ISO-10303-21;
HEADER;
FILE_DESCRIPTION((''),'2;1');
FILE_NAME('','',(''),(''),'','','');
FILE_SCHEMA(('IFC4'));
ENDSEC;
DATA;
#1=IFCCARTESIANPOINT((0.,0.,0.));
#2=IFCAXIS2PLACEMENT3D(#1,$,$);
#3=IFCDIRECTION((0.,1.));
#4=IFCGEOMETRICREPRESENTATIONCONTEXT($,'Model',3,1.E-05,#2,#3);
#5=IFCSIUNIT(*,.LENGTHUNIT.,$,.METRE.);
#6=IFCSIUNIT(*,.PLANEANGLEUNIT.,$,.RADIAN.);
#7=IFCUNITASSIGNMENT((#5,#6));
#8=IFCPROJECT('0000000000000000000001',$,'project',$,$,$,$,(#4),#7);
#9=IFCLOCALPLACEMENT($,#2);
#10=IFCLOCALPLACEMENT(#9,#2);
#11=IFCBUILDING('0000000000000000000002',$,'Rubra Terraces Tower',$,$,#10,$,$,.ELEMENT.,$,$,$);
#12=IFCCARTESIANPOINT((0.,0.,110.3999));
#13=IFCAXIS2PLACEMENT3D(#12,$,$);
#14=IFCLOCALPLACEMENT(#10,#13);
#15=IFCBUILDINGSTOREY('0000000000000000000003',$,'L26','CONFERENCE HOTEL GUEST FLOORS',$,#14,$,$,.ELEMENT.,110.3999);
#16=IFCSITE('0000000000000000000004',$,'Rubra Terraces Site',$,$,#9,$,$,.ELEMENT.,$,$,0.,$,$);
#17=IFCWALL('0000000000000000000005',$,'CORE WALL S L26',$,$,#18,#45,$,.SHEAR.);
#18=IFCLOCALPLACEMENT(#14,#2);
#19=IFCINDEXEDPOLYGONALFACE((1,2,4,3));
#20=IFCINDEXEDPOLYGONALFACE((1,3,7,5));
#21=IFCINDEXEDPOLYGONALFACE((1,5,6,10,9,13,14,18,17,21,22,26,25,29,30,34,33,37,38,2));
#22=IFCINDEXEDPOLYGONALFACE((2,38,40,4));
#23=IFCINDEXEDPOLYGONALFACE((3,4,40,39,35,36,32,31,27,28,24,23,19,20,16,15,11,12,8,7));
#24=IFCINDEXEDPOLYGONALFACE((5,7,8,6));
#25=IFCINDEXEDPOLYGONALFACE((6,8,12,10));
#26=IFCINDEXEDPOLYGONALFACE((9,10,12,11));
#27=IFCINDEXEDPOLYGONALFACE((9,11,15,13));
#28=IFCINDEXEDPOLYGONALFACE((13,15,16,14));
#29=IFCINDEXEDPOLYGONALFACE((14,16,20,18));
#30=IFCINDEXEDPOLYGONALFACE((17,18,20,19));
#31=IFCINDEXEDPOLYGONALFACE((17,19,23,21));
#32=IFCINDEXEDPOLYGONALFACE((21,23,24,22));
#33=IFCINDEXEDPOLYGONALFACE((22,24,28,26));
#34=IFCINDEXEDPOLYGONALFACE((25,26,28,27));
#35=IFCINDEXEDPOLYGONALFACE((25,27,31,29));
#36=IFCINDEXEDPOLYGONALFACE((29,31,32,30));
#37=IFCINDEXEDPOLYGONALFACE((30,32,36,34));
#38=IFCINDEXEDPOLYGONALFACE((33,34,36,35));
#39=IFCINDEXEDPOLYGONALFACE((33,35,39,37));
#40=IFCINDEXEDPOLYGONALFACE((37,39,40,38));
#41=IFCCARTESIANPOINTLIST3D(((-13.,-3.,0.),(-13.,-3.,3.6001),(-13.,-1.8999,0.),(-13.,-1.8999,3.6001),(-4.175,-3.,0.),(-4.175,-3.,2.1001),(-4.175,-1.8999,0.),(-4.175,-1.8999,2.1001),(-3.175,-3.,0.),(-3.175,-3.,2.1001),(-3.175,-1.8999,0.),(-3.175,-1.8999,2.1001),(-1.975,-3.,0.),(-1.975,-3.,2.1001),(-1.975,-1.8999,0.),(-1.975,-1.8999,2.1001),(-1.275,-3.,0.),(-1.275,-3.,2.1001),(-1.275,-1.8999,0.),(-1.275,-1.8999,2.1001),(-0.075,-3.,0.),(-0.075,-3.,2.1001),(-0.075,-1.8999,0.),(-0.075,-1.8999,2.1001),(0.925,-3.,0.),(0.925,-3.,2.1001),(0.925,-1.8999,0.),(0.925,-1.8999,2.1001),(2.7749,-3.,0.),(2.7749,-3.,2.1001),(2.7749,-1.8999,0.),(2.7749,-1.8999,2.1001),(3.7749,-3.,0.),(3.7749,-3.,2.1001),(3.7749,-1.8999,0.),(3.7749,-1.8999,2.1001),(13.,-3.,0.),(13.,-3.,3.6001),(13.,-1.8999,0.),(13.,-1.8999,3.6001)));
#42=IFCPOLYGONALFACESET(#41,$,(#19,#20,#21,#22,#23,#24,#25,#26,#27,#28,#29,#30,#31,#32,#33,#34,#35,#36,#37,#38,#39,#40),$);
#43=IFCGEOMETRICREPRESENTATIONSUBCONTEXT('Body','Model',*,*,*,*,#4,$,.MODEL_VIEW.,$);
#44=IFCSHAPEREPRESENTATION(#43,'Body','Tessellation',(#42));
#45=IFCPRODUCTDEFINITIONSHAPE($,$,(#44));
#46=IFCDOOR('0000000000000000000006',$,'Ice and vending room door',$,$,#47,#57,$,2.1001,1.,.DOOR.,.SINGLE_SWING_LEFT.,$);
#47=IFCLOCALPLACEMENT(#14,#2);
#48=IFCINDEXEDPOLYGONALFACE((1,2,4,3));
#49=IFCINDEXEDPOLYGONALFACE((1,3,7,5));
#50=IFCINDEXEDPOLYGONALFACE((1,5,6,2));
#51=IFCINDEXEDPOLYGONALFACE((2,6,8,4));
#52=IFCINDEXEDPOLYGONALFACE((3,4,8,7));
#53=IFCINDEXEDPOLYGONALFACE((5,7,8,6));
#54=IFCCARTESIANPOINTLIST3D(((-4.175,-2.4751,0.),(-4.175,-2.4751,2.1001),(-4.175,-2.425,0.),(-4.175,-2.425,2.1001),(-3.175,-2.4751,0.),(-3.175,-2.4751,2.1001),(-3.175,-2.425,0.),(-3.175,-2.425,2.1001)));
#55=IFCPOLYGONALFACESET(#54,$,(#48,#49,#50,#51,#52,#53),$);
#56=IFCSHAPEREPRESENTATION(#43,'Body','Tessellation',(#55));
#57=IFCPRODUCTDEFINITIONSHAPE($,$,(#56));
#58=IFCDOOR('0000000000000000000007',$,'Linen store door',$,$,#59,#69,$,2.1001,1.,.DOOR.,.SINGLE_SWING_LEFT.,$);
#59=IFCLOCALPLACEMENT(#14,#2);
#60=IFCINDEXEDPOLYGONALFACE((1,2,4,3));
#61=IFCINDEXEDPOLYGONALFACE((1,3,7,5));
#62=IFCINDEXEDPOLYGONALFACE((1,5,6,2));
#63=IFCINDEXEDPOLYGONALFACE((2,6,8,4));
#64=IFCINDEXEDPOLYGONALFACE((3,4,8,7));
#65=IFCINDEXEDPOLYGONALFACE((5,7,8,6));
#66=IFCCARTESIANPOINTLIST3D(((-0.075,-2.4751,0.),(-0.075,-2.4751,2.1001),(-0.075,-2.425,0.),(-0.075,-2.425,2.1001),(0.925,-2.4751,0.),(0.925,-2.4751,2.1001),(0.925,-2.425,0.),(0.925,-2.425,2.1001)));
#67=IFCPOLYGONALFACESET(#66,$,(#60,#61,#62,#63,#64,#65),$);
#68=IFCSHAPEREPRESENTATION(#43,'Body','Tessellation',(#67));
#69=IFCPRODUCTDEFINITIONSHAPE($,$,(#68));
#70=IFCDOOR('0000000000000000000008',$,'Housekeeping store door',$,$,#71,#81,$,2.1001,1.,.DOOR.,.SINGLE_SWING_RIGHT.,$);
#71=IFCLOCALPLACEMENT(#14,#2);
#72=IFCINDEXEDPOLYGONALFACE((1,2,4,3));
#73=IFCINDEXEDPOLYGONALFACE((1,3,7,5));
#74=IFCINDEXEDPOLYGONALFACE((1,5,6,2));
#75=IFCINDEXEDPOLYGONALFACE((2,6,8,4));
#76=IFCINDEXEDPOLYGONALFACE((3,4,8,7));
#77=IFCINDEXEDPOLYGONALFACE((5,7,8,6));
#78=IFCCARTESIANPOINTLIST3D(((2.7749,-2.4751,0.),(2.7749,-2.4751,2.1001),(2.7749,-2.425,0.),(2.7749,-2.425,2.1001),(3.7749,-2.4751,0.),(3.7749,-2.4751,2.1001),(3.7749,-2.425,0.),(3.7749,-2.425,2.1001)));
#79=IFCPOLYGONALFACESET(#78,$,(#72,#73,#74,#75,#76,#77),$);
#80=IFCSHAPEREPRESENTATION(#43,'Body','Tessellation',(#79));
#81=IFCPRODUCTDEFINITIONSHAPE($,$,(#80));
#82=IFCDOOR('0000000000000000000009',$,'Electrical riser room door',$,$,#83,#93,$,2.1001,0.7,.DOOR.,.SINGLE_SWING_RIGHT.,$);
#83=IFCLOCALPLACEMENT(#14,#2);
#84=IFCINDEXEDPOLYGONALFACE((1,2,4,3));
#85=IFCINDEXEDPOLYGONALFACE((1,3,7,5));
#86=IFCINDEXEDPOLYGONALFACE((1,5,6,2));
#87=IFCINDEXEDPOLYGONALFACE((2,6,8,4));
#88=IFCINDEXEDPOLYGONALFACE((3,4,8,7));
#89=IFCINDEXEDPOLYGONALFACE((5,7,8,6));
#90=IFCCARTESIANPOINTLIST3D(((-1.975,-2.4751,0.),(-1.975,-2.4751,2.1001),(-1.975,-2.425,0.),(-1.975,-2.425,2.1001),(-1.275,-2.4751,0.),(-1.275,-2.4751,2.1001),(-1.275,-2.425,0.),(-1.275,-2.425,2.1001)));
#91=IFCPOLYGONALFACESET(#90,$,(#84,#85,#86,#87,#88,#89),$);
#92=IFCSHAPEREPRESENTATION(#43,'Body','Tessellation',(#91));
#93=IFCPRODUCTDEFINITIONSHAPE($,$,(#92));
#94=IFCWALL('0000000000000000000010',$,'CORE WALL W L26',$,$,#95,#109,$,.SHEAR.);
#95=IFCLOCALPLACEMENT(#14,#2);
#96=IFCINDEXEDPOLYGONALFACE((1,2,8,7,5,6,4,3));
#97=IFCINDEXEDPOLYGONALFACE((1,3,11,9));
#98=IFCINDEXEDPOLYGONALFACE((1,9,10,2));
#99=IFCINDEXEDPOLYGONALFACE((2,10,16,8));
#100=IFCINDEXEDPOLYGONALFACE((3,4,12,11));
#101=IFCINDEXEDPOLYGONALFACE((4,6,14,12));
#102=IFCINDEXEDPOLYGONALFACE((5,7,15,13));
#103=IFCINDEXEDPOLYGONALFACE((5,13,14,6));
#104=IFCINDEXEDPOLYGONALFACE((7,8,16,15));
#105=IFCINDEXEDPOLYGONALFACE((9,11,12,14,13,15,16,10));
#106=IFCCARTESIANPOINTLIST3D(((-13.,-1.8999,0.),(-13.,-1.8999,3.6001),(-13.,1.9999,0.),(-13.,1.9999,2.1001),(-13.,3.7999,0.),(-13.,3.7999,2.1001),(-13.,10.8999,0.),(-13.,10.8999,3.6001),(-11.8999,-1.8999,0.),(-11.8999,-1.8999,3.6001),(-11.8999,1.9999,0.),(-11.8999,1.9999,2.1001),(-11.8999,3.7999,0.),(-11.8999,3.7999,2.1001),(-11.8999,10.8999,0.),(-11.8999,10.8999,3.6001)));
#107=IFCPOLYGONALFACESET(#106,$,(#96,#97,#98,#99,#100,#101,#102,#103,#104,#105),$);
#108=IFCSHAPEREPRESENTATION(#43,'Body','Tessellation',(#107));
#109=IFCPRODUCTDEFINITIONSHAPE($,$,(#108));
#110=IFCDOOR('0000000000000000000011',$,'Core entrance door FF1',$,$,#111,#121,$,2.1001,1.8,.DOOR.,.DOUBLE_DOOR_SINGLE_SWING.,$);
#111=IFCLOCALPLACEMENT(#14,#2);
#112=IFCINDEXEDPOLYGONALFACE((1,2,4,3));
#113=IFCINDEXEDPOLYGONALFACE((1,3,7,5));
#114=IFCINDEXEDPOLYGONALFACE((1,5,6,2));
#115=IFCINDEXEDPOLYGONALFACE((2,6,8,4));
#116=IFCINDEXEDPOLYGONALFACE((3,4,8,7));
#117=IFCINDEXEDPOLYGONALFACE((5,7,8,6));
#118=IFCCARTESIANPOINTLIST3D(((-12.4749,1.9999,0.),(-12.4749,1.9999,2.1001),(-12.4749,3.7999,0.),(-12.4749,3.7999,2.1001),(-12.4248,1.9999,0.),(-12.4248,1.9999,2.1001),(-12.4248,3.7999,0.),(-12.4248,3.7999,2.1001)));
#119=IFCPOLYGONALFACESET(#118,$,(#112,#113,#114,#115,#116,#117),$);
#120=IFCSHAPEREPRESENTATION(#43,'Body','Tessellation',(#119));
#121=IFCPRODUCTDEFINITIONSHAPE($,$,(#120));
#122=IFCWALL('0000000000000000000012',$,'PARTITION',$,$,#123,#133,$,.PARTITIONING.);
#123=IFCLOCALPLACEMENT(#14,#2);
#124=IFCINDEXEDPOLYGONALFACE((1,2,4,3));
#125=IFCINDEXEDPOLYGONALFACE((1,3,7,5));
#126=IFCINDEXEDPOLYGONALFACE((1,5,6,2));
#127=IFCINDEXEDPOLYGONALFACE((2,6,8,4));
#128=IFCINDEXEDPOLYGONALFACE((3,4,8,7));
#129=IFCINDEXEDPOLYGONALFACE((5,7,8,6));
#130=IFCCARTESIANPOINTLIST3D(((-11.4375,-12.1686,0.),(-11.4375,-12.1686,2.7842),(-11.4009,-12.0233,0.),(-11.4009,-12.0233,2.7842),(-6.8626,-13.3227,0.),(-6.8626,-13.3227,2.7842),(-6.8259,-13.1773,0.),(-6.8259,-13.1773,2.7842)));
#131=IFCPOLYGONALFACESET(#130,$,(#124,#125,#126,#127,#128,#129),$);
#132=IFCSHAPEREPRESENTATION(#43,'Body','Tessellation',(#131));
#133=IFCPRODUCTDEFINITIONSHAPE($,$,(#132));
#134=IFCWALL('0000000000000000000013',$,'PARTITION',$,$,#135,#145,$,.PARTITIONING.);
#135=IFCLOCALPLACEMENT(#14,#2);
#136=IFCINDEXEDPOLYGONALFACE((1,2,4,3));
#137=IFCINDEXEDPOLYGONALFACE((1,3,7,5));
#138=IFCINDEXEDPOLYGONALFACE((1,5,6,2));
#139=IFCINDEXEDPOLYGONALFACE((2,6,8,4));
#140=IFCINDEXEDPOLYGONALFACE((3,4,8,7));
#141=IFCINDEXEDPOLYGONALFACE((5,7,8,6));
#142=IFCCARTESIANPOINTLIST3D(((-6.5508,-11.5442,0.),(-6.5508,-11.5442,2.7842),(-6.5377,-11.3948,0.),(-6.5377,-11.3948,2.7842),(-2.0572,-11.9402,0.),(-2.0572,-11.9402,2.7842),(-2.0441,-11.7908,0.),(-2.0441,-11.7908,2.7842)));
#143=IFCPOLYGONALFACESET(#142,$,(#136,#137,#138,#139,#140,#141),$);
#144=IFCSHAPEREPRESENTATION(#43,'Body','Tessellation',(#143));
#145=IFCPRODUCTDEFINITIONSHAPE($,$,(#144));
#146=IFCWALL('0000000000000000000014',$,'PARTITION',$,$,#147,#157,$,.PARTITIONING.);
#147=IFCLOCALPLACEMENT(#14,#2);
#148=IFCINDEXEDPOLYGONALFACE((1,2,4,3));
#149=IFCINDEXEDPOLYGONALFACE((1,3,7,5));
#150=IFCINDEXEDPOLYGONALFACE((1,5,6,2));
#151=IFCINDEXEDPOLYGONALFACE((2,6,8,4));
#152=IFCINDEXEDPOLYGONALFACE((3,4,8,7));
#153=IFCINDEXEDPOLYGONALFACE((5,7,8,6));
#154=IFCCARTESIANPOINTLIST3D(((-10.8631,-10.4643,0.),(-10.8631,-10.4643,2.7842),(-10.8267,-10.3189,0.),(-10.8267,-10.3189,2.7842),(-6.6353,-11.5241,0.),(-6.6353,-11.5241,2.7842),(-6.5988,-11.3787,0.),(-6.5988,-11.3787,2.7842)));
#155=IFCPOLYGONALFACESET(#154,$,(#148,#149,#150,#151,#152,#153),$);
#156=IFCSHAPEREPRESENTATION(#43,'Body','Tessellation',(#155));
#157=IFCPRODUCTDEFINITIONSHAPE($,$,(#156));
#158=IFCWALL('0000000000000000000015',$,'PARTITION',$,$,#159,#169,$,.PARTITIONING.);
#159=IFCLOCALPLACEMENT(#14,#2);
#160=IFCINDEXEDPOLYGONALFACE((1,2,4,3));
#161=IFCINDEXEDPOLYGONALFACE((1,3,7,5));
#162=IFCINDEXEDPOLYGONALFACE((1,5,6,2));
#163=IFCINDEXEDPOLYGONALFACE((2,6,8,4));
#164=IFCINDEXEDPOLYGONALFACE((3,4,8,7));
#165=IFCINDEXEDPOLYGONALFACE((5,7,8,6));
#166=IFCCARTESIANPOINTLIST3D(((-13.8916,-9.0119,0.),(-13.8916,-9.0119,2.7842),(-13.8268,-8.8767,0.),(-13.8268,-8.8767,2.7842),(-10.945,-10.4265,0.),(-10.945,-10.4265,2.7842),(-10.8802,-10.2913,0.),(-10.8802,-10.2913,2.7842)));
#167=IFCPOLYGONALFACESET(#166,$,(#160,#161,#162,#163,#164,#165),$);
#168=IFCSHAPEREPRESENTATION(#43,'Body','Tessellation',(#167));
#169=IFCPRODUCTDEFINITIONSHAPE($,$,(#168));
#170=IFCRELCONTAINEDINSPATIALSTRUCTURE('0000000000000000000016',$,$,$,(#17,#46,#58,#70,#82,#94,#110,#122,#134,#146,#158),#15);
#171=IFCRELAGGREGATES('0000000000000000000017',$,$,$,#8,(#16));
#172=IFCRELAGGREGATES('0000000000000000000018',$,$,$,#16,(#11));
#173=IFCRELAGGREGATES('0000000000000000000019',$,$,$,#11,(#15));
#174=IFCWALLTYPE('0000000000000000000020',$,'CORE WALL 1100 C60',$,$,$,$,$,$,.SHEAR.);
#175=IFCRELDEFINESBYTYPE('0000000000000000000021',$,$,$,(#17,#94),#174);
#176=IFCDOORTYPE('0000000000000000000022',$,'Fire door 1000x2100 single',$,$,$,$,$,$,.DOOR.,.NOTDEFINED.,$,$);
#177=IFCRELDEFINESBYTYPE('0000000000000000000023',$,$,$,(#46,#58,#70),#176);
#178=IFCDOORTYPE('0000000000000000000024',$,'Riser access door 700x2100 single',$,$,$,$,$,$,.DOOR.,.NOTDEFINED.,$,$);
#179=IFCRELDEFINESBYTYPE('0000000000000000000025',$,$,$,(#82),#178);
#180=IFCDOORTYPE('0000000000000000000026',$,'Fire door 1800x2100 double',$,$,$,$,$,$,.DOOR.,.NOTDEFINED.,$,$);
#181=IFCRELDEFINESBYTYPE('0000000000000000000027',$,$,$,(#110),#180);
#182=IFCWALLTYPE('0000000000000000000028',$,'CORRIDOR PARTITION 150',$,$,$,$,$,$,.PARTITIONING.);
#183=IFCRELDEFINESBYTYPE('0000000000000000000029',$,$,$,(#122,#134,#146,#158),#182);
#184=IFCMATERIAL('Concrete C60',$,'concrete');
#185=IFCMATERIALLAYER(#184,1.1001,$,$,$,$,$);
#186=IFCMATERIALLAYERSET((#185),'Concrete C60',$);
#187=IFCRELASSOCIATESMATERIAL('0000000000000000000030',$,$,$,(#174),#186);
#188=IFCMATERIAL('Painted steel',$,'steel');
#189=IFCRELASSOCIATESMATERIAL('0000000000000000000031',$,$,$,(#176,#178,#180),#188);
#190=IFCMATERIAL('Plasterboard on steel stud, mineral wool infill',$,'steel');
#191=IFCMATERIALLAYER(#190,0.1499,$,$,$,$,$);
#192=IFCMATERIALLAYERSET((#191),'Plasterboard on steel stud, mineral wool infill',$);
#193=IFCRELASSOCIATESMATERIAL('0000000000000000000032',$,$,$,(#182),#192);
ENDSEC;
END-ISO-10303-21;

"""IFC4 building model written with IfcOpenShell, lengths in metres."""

from ifc_helpers import new_model, si_unit, direction, frame, frame_2d, origin, place, context, subcontext, project, spatial, rectangle, extrude, material, layer, layer_set, type_object, element, fill, save


model = new_model("IFC4")

# Units and contexts
model_context = context("Model", 3, precision=1e-05, world=origin(), true_north=direction((0.0, 1.0)))
body_context = subcontext(model_context, "Body", "Model", "MODEL_VIEW")
ifc_project = project(units=[si_unit("LENGTHUNIT", "METRE"), si_unit("PLANEANGLEUNIT", "RADIAN")], contexts=[model_context])

# Site, building, storey
site_placement = place(None, origin())
site = spatial("IfcSite", under=ifc_project, at=site_placement, Name="Rubra Terraces Site", CompositionType="ELEMENT", RefElevation=0.0)
building_placement = place(site_placement, origin())
building = spatial("IfcBuilding", under=site, at=building_placement, Name="Rubra Terraces Tower", CompositionType="ELEMENT")
storey_placement = place(building_placement, frame((0.0, 0.0, 110.3999)))
storey = spatial("IfcBuildingStorey", under=building, at=storey_placement, Name="L26", Description="CONFERENCE HOTEL GUEST FLOORS", CompositionType="ELEMENT", Elevation=110.3999)

# Wall, openings, doors
ifc_material_1 = material(Name="Concrete C60", Category="concrete")
ifc_layer_1 = layer(ifc_material_1, 1.1001)
ifc_layer_set_1 = layer_set([ifc_layer_1], Name="Concrete C60")
wall_type_1 = type_object("IfcWallType", Name="CORE WALL 1100 C60", PredefinedType="SHEAR", material=ifc_layer_set_1)
wall_1_placement = place(storey_placement, frame((-13.0, -2.45, 0.0), z_axis=(0.0, 0.0, 1.0), x_axis=(1.0, 0.0, 0.0)))
wall_1 = element("IfcWall", 1, at=wall_1_placement, inside=storey, type_object=wall_type_1, Name="CORE WALL S L26", PredefinedType="SHEAR", context=body_context, shape_type="SweptSolid", body=[
    extrude(rectangle(XDim=26.0, YDim=1.1001, at=frame_2d((13.0, 0.0))), origin(), (0.0, 0.0, 1.0), 3.6001),
])
opening_1_placement = place(wall_1_placement, frame((8.825, 0.0, 0.0)))
opening_1 = element("IfcOpeningElement", 2, at=opening_1_placement, cuts=wall_1, PredefinedType="OPENING", context=body_context, shape_type="SweptSolid", body=[
    extrude(rectangle(XDim=1.0, YDim=2.1001, at=frame_2d((0.5, 1.05))), frame((0.0, 0.5601, 0.0), z_axis=(0.0, -1.0, 0.0), x_axis=(1.0, 0.0, 0.0)), (0.0, 0.0, 1.0), 1.1201),
])
opening_2_placement = place(wall_1_placement, frame((11.0249, 0.0, 0.0)))
opening_2 = element("IfcOpeningElement", 3, at=opening_2_placement, cuts=wall_1, PredefinedType="OPENING", context=body_context, shape_type="SweptSolid", body=[
    extrude(rectangle(XDim=0.7, YDim=2.1001, at=frame_2d((0.3501, 1.05))), frame((0.0, 0.5601, 0.0), z_axis=(0.0, -1.0, 0.0), x_axis=(1.0, 0.0, 0.0)), (0.0, 0.0, 1.0), 1.1201),
])
opening_3_placement = place(wall_1_placement, frame((12.925, 0.0, 0.0)))
opening_3 = element("IfcOpeningElement", 4, at=opening_3_placement, cuts=wall_1, PredefinedType="OPENING", context=body_context, shape_type="SweptSolid", body=[
    extrude(rectangle(XDim=1.0, YDim=2.1001, at=frame_2d((0.5, 1.05))), frame((0.0, 0.5601, 0.0), z_axis=(0.0, -1.0, 0.0), x_axis=(1.0, 0.0, 0.0)), (0.0, 0.0, 1.0), 1.1201),
])
opening_4_placement = place(wall_1_placement, frame((15.7749, 0.0, 0.0)))
opening_4 = element("IfcOpeningElement", 5, at=opening_4_placement, cuts=wall_1, PredefinedType="OPENING", context=body_context, shape_type="SweptSolid", body=[
    extrude(rectangle(XDim=1.0, YDim=2.1001, at=frame_2d((0.5, 1.05))), frame((0.0, 0.5601, 0.0), z_axis=(0.0, -1.0, 0.0), x_axis=(1.0, 0.0, 0.0)), (0.0, 0.0, 1.0), 1.1201),
])
ifc_material_2 = material(Name="Painted steel", Category="steel")
door_type_1 = type_object("IfcDoorType", Name="Fire door 1000x2100 single", OperationType="NOTDEFINED", PredefinedType="DOOR", material=ifc_material_2)
door_1_placement = place(opening_1_placement, origin())
door_1 = element("IfcDoor", 6, at=door_1_placement, inside=storey, type_object=door_type_1, Name="Ice and vending room door", OperationType="SINGLE_SWING_LEFT", OverallHeight=2.1001, OverallWidth=1.0, PredefinedType="DOOR", context=body_context, shape_type="SweptSolid", body=[
    extrude(rectangle(XDim=1.0, YDim=2.1001, at=frame_2d((0.5, 1.05))), frame((0.0, 0.0249, 0.0), z_axis=(0.0, -1.0, 0.0), x_axis=(1.0, 0.0, 0.0)), (0.0, 0.0, 1.0), 0.05),
])
fill(opening_1, door_1)
door_2_placement = place(opening_3_placement, origin())
door_2 = element("IfcDoor", 7, at=door_2_placement, inside=storey, type_object=door_type_1, Name="Linen store door", OperationType="SINGLE_SWING_LEFT", OverallHeight=2.1001, OverallWidth=1.0, PredefinedType="DOOR", context=body_context, shape_type="SweptSolid", body=[
    extrude(rectangle(XDim=1.0, YDim=2.1001, at=frame_2d((0.5, 1.05))), frame((0.0, 0.0249, 0.0), z_axis=(0.0, -1.0, 0.0), x_axis=(1.0, 0.0, 0.0)), (0.0, 0.0, 1.0), 0.05),
])
fill(opening_3, door_2)
door_3_placement = place(opening_4_placement, origin())
door_3 = element("IfcDoor", 8, at=door_3_placement, inside=storey, type_object=door_type_1, Name="Housekeeping store door", OperationType="SINGLE_SWING_RIGHT", OverallHeight=2.1001, OverallWidth=1.0, PredefinedType="DOOR", context=body_context, shape_type="SweptSolid", body=[
    extrude(rectangle(XDim=1.0, YDim=2.1001, at=frame_2d((0.5, 1.05))), frame((0.0, 0.0249, 0.0), z_axis=(0.0, -1.0, 0.0), x_axis=(1.0, 0.0, 0.0)), (0.0, 0.0, 1.0), 0.05),
])
fill(opening_4, door_3)
door_type_2 = type_object("IfcDoorType", Name="Riser access door 700x2100 single", OperationType="NOTDEFINED", PredefinedType="DOOR", material=ifc_material_2)
door_4_placement = place(opening_2_placement, origin())
door_4 = element("IfcDoor", 9, at=door_4_placement, inside=storey, type_object=door_type_2, Name="Electrical riser room door", OperationType="SINGLE_SWING_RIGHT", OverallHeight=2.1001, OverallWidth=0.7, PredefinedType="DOOR", context=body_context, shape_type="SweptSolid", body=[
    extrude(rectangle(XDim=0.7, YDim=2.1001, at=frame_2d((0.3501, 1.05))), frame((0.0, 0.0249, 0.0), z_axis=(0.0, -1.0, 0.0), x_axis=(1.0, 0.0, 0.0)), (0.0, 0.0, 1.0), 0.05),
])
fill(opening_2, door_4)

# Wall, opening, door
wall_2_placement = place(storey_placement, frame((-12.45, -1.8999, 0.0), z_axis=(0.0, 0.0, 1.0), x_axis=(0.0, 1.0, 0.0)))
wall_2 = element("IfcWall", 10, at=wall_2_placement, inside=storey, type_object=wall_type_1, Name="CORE WALL W L26", PredefinedType="SHEAR", context=body_context, shape_type="SweptSolid", body=[
    extrude(rectangle(XDim=12.7998, YDim=1.1001, at=frame_2d((6.3999, 0.0))), origin(), (0.0, 0.0, 1.0), 3.6001),
])
opening_5_placement = place(wall_2_placement, frame((3.8999, 0.0, 0.0)))
opening_5 = element("IfcOpeningElement", 11, at=opening_5_placement, cuts=wall_2, PredefinedType="OPENING", context=body_context, shape_type="SweptSolid", body=[
    extrude(rectangle(XDim=1.8, YDim=2.1001, at=frame_2d((0.8999, 1.05))), frame((0.0, 0.5601, 0.0), z_axis=(0.0, -1.0, 0.0), x_axis=(1.0, 0.0, 0.0)), (0.0, 0.0, 1.0), 1.1201),
])
door_type_3 = type_object("IfcDoorType", Name="Fire door 1800x2100 double", OperationType="NOTDEFINED", PredefinedType="DOOR", material=ifc_material_2)
door_5_placement = place(opening_5_placement, origin())
door_5 = element("IfcDoor", 12, at=door_5_placement, inside=storey, type_object=door_type_3, Name="Core entrance door FF1", OperationType="DOUBLE_DOOR_SINGLE_SWING", OverallHeight=2.1001, OverallWidth=1.8, PredefinedType="DOOR", context=body_context, shape_type="SweptSolid", body=[
    extrude(rectangle(XDim=1.8, YDim=2.1001, at=frame_2d((0.8999, 1.05))), frame((0.0, 0.0249, 0.0), z_axis=(0.0, -1.0, 0.0), x_axis=(1.0, 0.0, 0.0)), (0.0, 0.0, 1.0), 0.05),
])
fill(opening_5, door_5)

# Walls
ifc_material_3 = material(Name="Plasterboard on steel stud, mineral wool infill", Category="steel")
ifc_layer_2 = layer(ifc_material_3, 0.1499)
ifc_layer_set_2 = layer_set([ifc_layer_2], Name="Plasterboard on steel stud, mineral wool infill")
wall_type_2 = type_object("IfcWallType", Name="CORRIDOR PARTITION 150", PredefinedType="PARTITIONING", material=ifc_layer_set_2)
wall_3_placement = place(storey_placement, frame((-11.4192, -12.0959, 0.0), z_axis=(0.0, 0.0, 1.0), x_axis=(0.969626, -0.244593, 0.0)))
element("IfcWall", 13, at=wall_3_placement, inside=storey, type_object=wall_type_2, Name="PARTITION", PredefinedType="PARTITIONING", context=body_context, shape_type="SweptSolid", body=[
    extrude(rectangle(XDim=4.7183, YDim=0.1499, at=frame_2d((2.3591, 0.0))), origin(), (0.0, 0.0, 1.0), 2.7842),
])
wall_4_placement = place(storey_placement, frame((-2.0508, -11.8655, 0.0), z_axis=(0.0, 0.0, 1.0), x_axis=(-0.99614, 0.087783, 0.0)))
element("IfcWall", 14, at=wall_4_placement, inside=storey, type_object=wall_type_2, Name="PARTITION", PredefinedType="PARTITIONING", context=body_context, shape_type="SweptSolid", body=[
    extrude(rectangle(XDim=4.511, YDim=0.1499, at=frame_2d((2.2554, 0.0))), origin(), (0.0, 0.0, 1.0), 2.7842),
])
wall_5_placement = place(storey_placement, frame((-6.6172, -11.4514, 0.0), z_axis=(0.0, 0.0, 1.0), x_axis=(-0.969987, 0.243155, 0.0)))
element("IfcWall", 15, at=wall_5_placement, inside=storey, type_object=wall_type_2, Name="PARTITION", PredefinedType="PARTITIONING", context=body_context, shape_type="SweptSolid", body=[
    extrude(rectangle(XDim=4.3586, YDim=0.1499, at=frame_2d((2.1792, 0.0))), origin(), (0.0, 0.0, 1.0), 2.7842),
])
wall_6_placement = place(storey_placement, frame((-10.9126, -10.3589, 0.0), z_axis=(0.0, 0.0, 1.0), x_axis=(-0.901497, 0.432784, 0.0)))
element("IfcWall", 16, at=wall_6_placement, inside=storey, type_object=wall_type_2, Name="PARTITION", PredefinedType="PARTITIONING", context=body_context, shape_type="SweptSolid", body=[
    extrude(rectangle(XDim=3.2686, YDim=0.1499, at=frame_2d((1.6343, 0.0))), origin(), (0.0, 0.0, 1.0), 2.7842),
])

save(model, "model.ifc")
